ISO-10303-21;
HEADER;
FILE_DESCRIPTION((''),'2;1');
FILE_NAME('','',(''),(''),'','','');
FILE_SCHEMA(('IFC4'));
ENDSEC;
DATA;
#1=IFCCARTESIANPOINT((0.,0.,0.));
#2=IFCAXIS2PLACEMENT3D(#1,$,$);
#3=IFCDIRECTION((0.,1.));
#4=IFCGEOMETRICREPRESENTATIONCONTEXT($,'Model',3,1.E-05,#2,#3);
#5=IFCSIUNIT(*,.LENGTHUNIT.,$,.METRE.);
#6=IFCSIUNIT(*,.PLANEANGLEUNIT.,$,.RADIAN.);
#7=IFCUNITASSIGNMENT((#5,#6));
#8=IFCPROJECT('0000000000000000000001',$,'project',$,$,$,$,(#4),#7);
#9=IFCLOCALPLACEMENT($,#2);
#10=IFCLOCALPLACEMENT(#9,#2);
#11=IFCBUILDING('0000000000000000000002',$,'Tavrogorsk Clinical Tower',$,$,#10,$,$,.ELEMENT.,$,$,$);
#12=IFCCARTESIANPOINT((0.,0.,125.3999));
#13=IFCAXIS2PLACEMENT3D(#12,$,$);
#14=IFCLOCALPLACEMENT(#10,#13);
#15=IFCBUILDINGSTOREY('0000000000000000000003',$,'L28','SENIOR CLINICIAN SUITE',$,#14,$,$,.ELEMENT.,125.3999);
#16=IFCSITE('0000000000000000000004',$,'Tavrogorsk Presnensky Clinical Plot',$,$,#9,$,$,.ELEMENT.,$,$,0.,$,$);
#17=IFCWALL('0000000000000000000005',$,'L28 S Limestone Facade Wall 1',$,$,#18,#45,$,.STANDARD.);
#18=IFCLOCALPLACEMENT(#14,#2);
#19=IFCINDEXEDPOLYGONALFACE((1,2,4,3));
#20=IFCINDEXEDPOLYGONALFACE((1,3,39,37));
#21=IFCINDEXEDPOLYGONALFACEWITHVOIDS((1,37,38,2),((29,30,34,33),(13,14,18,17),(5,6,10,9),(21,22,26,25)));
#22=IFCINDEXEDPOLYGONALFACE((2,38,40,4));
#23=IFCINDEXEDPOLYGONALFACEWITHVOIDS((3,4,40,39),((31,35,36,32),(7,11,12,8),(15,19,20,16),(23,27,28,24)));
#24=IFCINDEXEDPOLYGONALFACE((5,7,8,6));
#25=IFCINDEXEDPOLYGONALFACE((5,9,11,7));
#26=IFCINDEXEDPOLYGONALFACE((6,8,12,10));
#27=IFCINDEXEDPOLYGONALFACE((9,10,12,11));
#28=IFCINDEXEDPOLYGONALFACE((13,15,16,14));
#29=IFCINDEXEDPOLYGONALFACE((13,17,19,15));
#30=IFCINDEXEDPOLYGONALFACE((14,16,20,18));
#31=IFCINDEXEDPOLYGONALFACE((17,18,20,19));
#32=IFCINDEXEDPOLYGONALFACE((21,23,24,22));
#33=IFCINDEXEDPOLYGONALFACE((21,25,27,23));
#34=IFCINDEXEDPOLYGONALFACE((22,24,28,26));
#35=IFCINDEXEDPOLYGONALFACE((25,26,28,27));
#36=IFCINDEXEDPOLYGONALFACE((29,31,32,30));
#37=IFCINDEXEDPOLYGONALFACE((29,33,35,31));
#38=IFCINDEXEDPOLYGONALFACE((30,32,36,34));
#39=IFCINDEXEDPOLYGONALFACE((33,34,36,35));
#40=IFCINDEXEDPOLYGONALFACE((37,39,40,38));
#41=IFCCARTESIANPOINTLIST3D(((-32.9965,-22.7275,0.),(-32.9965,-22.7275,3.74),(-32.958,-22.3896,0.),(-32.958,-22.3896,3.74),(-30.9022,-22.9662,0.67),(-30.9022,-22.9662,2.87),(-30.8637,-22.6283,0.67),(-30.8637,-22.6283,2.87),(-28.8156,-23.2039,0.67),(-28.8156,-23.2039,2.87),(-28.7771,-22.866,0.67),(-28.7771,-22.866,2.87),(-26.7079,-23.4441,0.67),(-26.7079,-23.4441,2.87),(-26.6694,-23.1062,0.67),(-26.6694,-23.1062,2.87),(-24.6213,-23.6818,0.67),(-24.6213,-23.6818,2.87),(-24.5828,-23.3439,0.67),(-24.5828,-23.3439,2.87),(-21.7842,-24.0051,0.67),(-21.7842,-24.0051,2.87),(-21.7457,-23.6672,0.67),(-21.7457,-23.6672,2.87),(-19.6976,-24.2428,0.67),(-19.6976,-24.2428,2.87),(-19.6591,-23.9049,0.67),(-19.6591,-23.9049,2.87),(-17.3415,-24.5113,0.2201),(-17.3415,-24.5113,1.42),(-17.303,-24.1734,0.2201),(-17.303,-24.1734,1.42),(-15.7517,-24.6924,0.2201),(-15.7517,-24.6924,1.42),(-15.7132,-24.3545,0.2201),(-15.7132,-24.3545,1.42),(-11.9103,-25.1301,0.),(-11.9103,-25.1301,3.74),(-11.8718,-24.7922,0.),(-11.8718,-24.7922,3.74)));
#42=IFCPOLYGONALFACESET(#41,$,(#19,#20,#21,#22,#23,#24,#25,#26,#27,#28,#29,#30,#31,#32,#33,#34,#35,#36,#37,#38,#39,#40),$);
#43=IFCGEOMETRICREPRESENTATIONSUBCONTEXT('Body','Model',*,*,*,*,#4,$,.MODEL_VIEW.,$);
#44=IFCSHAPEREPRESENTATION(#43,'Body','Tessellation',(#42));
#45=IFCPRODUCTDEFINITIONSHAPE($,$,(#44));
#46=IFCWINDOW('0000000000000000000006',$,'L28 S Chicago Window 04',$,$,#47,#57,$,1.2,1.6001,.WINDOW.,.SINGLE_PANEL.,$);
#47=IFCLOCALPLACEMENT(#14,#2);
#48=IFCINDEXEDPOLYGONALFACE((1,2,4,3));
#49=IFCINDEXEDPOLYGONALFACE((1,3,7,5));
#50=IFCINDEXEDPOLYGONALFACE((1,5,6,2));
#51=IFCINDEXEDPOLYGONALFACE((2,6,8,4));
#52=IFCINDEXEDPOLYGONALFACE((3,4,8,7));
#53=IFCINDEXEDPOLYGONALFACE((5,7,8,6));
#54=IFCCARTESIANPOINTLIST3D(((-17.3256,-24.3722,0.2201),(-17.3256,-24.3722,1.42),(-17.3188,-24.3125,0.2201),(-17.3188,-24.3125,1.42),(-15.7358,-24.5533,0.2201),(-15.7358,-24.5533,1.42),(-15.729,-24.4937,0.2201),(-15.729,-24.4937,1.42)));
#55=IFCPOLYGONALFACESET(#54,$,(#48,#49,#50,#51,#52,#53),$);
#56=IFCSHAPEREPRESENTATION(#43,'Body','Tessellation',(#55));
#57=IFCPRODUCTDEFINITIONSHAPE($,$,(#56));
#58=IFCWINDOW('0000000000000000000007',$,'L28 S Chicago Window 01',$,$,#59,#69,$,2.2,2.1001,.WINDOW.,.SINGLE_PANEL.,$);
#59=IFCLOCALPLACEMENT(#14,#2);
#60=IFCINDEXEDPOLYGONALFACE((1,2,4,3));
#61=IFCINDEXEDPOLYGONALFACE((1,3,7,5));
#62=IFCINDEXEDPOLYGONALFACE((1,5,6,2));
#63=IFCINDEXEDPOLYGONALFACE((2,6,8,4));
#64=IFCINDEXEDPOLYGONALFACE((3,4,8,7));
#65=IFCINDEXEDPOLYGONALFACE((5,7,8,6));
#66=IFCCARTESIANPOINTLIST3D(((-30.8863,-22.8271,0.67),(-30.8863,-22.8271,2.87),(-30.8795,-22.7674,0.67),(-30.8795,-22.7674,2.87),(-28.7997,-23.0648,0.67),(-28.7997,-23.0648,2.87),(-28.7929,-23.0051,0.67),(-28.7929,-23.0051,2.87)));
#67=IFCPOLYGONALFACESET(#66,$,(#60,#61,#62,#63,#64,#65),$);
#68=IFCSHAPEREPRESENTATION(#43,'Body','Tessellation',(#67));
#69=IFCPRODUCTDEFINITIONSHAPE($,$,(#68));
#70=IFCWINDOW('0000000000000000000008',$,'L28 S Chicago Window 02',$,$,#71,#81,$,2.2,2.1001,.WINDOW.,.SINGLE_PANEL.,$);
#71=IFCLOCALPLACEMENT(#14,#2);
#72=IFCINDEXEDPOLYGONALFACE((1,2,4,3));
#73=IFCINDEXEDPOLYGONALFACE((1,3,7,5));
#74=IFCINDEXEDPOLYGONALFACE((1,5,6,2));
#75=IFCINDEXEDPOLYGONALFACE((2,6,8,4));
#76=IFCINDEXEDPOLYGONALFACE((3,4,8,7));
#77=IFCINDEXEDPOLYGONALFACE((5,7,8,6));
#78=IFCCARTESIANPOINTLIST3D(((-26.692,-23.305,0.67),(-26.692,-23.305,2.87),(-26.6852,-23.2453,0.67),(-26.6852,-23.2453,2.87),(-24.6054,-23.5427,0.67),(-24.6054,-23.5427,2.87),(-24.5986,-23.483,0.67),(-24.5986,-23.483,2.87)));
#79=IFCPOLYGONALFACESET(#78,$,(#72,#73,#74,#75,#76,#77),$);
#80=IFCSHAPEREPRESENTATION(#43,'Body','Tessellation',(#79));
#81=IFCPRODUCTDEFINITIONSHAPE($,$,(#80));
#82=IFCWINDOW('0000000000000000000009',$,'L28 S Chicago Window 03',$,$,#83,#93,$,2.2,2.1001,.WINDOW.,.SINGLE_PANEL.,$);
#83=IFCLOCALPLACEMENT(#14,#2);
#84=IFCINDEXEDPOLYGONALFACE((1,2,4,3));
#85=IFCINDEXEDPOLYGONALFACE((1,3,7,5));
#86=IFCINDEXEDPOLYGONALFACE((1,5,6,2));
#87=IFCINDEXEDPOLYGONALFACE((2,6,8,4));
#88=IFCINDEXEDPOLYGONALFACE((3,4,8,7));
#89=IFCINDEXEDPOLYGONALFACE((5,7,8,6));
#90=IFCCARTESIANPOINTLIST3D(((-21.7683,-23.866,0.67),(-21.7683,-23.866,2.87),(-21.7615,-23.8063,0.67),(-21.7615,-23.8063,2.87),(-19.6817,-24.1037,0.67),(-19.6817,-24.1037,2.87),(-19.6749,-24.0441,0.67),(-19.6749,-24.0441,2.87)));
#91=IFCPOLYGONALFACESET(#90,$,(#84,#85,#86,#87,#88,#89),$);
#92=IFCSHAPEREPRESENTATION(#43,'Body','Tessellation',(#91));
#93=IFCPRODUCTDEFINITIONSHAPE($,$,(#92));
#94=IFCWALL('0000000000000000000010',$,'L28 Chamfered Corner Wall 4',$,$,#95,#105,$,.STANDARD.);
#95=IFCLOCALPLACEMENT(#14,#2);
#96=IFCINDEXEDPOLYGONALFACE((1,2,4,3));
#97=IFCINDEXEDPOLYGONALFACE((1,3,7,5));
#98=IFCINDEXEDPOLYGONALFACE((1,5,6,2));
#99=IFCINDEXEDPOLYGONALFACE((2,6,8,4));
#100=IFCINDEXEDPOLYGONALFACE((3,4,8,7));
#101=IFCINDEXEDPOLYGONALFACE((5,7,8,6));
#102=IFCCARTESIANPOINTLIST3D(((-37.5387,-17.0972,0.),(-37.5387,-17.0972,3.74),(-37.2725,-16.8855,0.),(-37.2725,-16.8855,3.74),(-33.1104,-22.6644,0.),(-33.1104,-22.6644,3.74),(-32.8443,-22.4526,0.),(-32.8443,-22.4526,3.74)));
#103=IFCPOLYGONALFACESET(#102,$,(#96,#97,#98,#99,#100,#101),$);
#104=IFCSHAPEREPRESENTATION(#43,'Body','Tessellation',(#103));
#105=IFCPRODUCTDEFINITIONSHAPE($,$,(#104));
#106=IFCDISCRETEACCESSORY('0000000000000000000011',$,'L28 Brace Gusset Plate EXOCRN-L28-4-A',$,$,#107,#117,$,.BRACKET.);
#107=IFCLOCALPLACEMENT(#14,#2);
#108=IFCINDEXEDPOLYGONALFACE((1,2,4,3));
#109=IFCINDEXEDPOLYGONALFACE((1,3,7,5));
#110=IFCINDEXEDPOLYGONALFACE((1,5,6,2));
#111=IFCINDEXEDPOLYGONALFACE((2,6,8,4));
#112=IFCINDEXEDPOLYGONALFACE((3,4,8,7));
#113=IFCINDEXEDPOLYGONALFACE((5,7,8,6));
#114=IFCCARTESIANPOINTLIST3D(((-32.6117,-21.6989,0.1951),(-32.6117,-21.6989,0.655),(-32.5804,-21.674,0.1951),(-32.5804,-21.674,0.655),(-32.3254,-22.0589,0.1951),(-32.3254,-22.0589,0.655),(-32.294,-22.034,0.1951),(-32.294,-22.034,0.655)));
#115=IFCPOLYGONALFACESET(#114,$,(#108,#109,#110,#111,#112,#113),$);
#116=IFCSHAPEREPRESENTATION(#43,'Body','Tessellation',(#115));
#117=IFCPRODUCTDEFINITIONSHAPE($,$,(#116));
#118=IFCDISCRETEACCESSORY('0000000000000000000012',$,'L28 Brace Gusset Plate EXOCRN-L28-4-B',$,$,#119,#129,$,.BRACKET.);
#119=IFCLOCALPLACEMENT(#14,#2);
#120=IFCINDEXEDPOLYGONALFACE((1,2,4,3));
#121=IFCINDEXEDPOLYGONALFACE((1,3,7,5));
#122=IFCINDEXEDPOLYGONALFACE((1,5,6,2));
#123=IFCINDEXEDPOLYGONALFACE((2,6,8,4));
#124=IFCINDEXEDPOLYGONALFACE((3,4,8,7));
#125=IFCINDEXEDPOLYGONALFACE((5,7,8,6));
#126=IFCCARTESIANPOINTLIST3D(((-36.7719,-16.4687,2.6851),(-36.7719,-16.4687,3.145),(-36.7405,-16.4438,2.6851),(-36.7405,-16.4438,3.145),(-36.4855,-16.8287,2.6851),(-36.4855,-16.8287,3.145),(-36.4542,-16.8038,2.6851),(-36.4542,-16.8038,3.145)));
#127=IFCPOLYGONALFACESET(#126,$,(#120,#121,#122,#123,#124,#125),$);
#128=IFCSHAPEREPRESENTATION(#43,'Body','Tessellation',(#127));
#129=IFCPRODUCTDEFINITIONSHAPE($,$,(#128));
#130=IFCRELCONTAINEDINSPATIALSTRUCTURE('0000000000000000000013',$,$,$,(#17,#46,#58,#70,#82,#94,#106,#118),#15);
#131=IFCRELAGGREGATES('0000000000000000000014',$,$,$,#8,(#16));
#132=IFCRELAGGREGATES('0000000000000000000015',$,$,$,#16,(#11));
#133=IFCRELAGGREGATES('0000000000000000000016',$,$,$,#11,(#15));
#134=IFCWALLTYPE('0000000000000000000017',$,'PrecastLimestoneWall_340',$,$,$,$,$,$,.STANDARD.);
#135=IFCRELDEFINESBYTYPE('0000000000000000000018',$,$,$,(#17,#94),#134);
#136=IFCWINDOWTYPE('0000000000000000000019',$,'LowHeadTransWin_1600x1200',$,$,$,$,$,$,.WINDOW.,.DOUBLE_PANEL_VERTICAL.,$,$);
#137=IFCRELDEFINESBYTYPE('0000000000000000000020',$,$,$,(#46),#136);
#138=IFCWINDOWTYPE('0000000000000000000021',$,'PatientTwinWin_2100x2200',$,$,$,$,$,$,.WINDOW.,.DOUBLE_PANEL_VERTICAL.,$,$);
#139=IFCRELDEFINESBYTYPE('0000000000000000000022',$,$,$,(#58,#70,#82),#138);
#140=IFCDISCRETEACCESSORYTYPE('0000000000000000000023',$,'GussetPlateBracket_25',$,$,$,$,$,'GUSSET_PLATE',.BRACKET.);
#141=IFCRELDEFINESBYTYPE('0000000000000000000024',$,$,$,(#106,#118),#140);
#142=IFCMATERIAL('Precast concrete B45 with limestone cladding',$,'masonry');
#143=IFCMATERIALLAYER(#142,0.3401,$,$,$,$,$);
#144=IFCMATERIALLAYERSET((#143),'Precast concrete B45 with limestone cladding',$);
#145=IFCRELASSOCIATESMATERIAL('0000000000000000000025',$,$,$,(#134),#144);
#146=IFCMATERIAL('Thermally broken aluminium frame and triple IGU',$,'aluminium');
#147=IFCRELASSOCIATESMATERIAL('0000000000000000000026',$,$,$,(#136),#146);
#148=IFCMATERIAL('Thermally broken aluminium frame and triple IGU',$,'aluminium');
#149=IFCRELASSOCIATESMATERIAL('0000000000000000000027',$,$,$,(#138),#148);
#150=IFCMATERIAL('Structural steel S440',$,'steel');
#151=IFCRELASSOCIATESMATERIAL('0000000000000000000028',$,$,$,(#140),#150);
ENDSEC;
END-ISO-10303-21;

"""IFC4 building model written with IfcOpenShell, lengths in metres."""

from ifc_helpers import new_model, si_unit, direction, frame, frame_2d, origin, origin_2d, place, context, subcontext, project, spatial, rectangle, extrude, material, layer, layer_set, type_object, element, fill, save


model = new_model("IFC4")

# Units and contexts
model_context = context("Model", 3, precision=1e-05, world=origin(), true_north=direction((0.0, 1.0)))
body_context = subcontext(model_context, "Body", "Model", "MODEL_VIEW")
ifc_project = project(units=[si_unit("LENGTHUNIT", "METRE"), si_unit("PLANEANGLEUNIT", "RADIAN")], contexts=[model_context])

# Site, building, storey
site_placement = place(None, origin())
site = spatial("IfcSite", under=ifc_project, at=site_placement, Name="Tavrogorsk Presnensky Clinical Plot", CompositionType="ELEMENT", RefElevation=0.0)
building_placement = place(site_placement, origin())
building = spatial("IfcBuilding", under=site, at=building_placement, Name="Tavrogorsk Clinical Tower", CompositionType="ELEMENT")
storey_placement = place(building_placement, frame((0.0, 0.0, 125.3999)))
storey = spatial("IfcBuildingStorey", under=building, at=storey_placement, Name="L28", Description="SENIOR CLINICIAN SUITE", CompositionType="ELEMENT", Elevation=125.3999)

# Wall, openings, windows
ifc_material_1 = material(Name="Precast concrete B45 with limestone cladding", Category="masonry")
ifc_layer_1 = layer(ifc_material_1, 0.3401)
ifc_layer_set_1 = layer_set([ifc_layer_1], Name="Precast concrete B45 with limestone cladding")
wall_type_1 = type_object("IfcWallType", Name="PrecastLimestoneWall_340", PredefinedType="STANDARD", material=ifc_layer_set_1)
wall_1_placement = place(storey_placement, frame((-32.9773, -22.5586, 0.0), z_axis=(0.0, 0.0, 1.0), x_axis=(0.993571, -0.113209, 0.0)))
wall_1 = element("IfcWall", 1, at=wall_1_placement, inside=storey, type_object=wall_type_1, Name="L28 S Limestone Facade Wall 1", PredefinedType="STANDARD", context=body_context, shape_type="SweptSolid", body=[
    extrude(rectangle(XDim=21.2227, YDim=0.3401, at=frame_2d((10.6113, 0.0))), origin(), (0.0, 0.0, 1.0), 3.74),
])
opening_1_placement = place(wall_1_placement, frame((2.1079, 0.0, 0.6699)))
opening_1 = element("IfcOpeningElement", 2, at=opening_1_placement, cuts=wall_1, PredefinedType="OPENING", context=body_context, shape_type="SweptSolid", body=[
    extrude(rectangle(XDim=2.1001, YDim=2.2, at=frame_2d((1.05, 1.1001))), frame((0.0, 0.1799, 0.0), z_axis=(0.0, -1.0, 0.0), x_axis=(1.0, 0.0, 0.0)), (0.0, 0.0, 1.0), 0.3601),
])
opening_2_placement = place(wall_1_placement, frame((6.3293, 0.0, 0.6699)))
opening_2 = element("IfcOpeningElement", 3, at=opening_2_placement, cuts=wall_1, PredefinedType="OPENING", context=body_context, shape_type="SweptSolid", body=[
    extrude(rectangle(XDim=2.1001, YDim=2.2, at=frame_2d((1.05, 1.1001))), frame((0.0, 0.1799, 0.0), z_axis=(0.0, -1.0, 0.0), x_axis=(1.0, 0.0, 0.0)), (0.0, 0.0, 1.0), 0.3601),
])
opening_3_placement = place(wall_1_placement, frame((11.2849, 0.0, 0.6699)))
opening_3 = element("IfcOpeningElement", 4, at=opening_3_placement, cuts=wall_1, PredefinedType="OPENING", context=body_context, shape_type="SweptSolid", body=[
    extrude(rectangle(XDim=2.1001, YDim=2.2, at=frame_2d((1.05, 1.1001))), frame((0.0, 0.1799, 0.0), z_axis=(0.0, -1.0, 0.0), x_axis=(1.0, 0.0, 0.0)), (0.0, 0.0, 1.0), 0.3601),
])
opening_4_placement = place(wall_1_placement, frame((15.7563, 0.0, 0.22)))
opening_4 = element("IfcOpeningElement", 5, at=opening_4_placement, cuts=wall_1, PredefinedType="OPENING", context=body_context, shape_type="SweptSolid", body=[
    extrude(rectangle(XDim=1.6001, YDim=1.2, at=frame_2d((0.8, 0.6001))), frame((0.0, 0.1799, 0.0), z_axis=(0.0, -1.0, 0.0), x_axis=(1.0, 0.0, 0.0)), (0.0, 0.0, 1.0), 0.3601),
])
ifc_material_2 = material(Name="Thermally broken aluminium frame and triple IGU", Category="aluminium")
window_type_1 = type_object("IfcWindowType", Name="LowHeadTransWin_1600x1200", PartitioningType="DOUBLE_PANEL_VERTICAL", PredefinedType="WINDOW", material=ifc_material_2)
window_1_placement = place(opening_4_placement, origin())
window_1 = element("IfcWindow", 6, at=window_1_placement, inside=storey, type_object=window_type_1, Name="L28 S Chicago Window 04", OverallHeight=1.2, OverallWidth=1.6001, PartitioningType="SINGLE_PANEL", PredefinedType="WINDOW", context=body_context, shape_type="SweptSolid", body=[
    extrude(rectangle(XDim=1.6001, YDim=1.2, at=frame_2d((0.8, 0.6001))), frame((0.0, 0.03, 0.0), z_axis=(0.0, -1.0, 0.0), x_axis=(1.0, 0.0, 0.0)), (0.0, 0.0, 1.0), 0.0601),
])
fill(opening_4, window_1)
ifc_material_3 = material(Name="Thermally broken aluminium frame and triple IGU", Category="aluminium")
window_type_2 = type_object("IfcWindowType", Name="PatientTwinWin_2100x2200", PartitioningType="DOUBLE_PANEL_VERTICAL", PredefinedType="WINDOW", material=ifc_material_3)
window_2_placement = place(opening_1_placement, origin())
window_2 = element("IfcWindow", 7, at=window_2_placement, inside=storey, type_object=window_type_2, Name="L28 S Chicago Window 01", OverallHeight=2.2, OverallWidth=2.1001, PartitioningType="SINGLE_PANEL", PredefinedType="WINDOW", context=body_context, shape_type="SweptSolid", body=[
    extrude(rectangle(XDim=2.1001, YDim=2.2, at=frame_2d((1.05, 1.1001))), frame((0.0, 0.03, 0.0), z_axis=(0.0, -1.0, 0.0), x_axis=(1.0, 0.0, 0.0)), (0.0, 0.0, 1.0), 0.0601),
])
fill(opening_1, window_2)
window_3_placement = place(opening_2_placement, origin())
window_3 = element("IfcWindow", 8, at=window_3_placement, inside=storey, type_object=window_type_2, Name="L28 S Chicago Window 02", OverallHeight=2.2, OverallWidth=2.1001, PartitioningType="SINGLE_PANEL", PredefinedType="WINDOW", context=body_context, shape_type="SweptSolid", body=[
    extrude(rectangle(XDim=2.1001, YDim=2.2, at=frame_2d((1.05, 1.1001))), frame((0.0, 0.03, 0.0), z_axis=(0.0, -1.0, 0.0), x_axis=(1.0, 0.0, 0.0)), (0.0, 0.0, 1.0), 0.0601),
])
fill(opening_2, window_3)
window_4_placement = place(opening_3_placement, origin())
window_4 = element("IfcWindow", 9, at=window_4_placement, inside=storey, type_object=window_type_2, Name="L28 S Chicago Window 03", OverallHeight=2.2, OverallWidth=2.1001, PartitioningType="SINGLE_PANEL", PredefinedType="WINDOW", context=body_context, shape_type="SweptSolid", body=[
    extrude(rectangle(XDim=2.1001, YDim=2.2, at=frame_2d((1.05, 1.1001))), frame((0.0, 0.03, 0.0), z_axis=(0.0, -1.0, 0.0), x_axis=(1.0, 0.0, 0.0)), (0.0, 0.0, 1.0), 0.0601),
])
fill(opening_3, window_4)

# Wall
wall_2_placement = place(storey_placement, frame((-37.4055, -16.9915, 0.0), z_axis=(0.0, 0.0, 1.0), x_axis=(0.622508, -0.782614, 0.0)))
element("IfcWall", 10, at=wall_2_placement, inside=storey, type_object=wall_type_1, Name="L28 Chamfered Corner Wall 4", PredefinedType="STANDARD", context=body_context, shape_type="SweptSolid", body=[
    extrude(rectangle(XDim=7.1135, YDim=0.3401, at=frame_2d((3.5566, 0.0))), origin(), (0.0, 0.0, 1.0), 3.74),
])

# Discrete accessories
ifc_material_4 = material(Name="Structural steel S440", Category="steel")
discrete_accessory_type = type_object("IfcDiscreteAccessoryType", Name="GussetPlateBracket_25", ElementType="GUSSET_PLATE", PredefinedType="BRACKET", material=ifc_material_4)
for number, where, z_axis, x_axis, name in (
    (11, (-32.4529, -21.8665, 0.1951), (0.0, 0.0, 1.0), (-0.622515, 0.782608, 0.0), "L28 Brace Gusset Plate EXOCRN-L28-4-A"),
    (12, (-36.613, -16.6362, 2.6851), (0.0, 0.0, 1.0), (-0.622515, 0.782608, 0.0), "L28 Brace Gusset Plate EXOCRN-L28-4-B"),
):
    element("IfcDiscreteAccessory", number, at=place(storey_placement, frame(where, z_axis=z_axis, x_axis=x_axis)), inside=storey, type_object=discrete_accessory_type, Name=name, PredefinedType="BRACKET", context=body_context, shape_type="SweptSolid", body=[
        extrude(rectangle(XDim=0.46, YDim=0.04, at=origin_2d()), origin(), (0.0, 0.0, 1.0), 0.46),
    ])

save(model, "model.ifc")
